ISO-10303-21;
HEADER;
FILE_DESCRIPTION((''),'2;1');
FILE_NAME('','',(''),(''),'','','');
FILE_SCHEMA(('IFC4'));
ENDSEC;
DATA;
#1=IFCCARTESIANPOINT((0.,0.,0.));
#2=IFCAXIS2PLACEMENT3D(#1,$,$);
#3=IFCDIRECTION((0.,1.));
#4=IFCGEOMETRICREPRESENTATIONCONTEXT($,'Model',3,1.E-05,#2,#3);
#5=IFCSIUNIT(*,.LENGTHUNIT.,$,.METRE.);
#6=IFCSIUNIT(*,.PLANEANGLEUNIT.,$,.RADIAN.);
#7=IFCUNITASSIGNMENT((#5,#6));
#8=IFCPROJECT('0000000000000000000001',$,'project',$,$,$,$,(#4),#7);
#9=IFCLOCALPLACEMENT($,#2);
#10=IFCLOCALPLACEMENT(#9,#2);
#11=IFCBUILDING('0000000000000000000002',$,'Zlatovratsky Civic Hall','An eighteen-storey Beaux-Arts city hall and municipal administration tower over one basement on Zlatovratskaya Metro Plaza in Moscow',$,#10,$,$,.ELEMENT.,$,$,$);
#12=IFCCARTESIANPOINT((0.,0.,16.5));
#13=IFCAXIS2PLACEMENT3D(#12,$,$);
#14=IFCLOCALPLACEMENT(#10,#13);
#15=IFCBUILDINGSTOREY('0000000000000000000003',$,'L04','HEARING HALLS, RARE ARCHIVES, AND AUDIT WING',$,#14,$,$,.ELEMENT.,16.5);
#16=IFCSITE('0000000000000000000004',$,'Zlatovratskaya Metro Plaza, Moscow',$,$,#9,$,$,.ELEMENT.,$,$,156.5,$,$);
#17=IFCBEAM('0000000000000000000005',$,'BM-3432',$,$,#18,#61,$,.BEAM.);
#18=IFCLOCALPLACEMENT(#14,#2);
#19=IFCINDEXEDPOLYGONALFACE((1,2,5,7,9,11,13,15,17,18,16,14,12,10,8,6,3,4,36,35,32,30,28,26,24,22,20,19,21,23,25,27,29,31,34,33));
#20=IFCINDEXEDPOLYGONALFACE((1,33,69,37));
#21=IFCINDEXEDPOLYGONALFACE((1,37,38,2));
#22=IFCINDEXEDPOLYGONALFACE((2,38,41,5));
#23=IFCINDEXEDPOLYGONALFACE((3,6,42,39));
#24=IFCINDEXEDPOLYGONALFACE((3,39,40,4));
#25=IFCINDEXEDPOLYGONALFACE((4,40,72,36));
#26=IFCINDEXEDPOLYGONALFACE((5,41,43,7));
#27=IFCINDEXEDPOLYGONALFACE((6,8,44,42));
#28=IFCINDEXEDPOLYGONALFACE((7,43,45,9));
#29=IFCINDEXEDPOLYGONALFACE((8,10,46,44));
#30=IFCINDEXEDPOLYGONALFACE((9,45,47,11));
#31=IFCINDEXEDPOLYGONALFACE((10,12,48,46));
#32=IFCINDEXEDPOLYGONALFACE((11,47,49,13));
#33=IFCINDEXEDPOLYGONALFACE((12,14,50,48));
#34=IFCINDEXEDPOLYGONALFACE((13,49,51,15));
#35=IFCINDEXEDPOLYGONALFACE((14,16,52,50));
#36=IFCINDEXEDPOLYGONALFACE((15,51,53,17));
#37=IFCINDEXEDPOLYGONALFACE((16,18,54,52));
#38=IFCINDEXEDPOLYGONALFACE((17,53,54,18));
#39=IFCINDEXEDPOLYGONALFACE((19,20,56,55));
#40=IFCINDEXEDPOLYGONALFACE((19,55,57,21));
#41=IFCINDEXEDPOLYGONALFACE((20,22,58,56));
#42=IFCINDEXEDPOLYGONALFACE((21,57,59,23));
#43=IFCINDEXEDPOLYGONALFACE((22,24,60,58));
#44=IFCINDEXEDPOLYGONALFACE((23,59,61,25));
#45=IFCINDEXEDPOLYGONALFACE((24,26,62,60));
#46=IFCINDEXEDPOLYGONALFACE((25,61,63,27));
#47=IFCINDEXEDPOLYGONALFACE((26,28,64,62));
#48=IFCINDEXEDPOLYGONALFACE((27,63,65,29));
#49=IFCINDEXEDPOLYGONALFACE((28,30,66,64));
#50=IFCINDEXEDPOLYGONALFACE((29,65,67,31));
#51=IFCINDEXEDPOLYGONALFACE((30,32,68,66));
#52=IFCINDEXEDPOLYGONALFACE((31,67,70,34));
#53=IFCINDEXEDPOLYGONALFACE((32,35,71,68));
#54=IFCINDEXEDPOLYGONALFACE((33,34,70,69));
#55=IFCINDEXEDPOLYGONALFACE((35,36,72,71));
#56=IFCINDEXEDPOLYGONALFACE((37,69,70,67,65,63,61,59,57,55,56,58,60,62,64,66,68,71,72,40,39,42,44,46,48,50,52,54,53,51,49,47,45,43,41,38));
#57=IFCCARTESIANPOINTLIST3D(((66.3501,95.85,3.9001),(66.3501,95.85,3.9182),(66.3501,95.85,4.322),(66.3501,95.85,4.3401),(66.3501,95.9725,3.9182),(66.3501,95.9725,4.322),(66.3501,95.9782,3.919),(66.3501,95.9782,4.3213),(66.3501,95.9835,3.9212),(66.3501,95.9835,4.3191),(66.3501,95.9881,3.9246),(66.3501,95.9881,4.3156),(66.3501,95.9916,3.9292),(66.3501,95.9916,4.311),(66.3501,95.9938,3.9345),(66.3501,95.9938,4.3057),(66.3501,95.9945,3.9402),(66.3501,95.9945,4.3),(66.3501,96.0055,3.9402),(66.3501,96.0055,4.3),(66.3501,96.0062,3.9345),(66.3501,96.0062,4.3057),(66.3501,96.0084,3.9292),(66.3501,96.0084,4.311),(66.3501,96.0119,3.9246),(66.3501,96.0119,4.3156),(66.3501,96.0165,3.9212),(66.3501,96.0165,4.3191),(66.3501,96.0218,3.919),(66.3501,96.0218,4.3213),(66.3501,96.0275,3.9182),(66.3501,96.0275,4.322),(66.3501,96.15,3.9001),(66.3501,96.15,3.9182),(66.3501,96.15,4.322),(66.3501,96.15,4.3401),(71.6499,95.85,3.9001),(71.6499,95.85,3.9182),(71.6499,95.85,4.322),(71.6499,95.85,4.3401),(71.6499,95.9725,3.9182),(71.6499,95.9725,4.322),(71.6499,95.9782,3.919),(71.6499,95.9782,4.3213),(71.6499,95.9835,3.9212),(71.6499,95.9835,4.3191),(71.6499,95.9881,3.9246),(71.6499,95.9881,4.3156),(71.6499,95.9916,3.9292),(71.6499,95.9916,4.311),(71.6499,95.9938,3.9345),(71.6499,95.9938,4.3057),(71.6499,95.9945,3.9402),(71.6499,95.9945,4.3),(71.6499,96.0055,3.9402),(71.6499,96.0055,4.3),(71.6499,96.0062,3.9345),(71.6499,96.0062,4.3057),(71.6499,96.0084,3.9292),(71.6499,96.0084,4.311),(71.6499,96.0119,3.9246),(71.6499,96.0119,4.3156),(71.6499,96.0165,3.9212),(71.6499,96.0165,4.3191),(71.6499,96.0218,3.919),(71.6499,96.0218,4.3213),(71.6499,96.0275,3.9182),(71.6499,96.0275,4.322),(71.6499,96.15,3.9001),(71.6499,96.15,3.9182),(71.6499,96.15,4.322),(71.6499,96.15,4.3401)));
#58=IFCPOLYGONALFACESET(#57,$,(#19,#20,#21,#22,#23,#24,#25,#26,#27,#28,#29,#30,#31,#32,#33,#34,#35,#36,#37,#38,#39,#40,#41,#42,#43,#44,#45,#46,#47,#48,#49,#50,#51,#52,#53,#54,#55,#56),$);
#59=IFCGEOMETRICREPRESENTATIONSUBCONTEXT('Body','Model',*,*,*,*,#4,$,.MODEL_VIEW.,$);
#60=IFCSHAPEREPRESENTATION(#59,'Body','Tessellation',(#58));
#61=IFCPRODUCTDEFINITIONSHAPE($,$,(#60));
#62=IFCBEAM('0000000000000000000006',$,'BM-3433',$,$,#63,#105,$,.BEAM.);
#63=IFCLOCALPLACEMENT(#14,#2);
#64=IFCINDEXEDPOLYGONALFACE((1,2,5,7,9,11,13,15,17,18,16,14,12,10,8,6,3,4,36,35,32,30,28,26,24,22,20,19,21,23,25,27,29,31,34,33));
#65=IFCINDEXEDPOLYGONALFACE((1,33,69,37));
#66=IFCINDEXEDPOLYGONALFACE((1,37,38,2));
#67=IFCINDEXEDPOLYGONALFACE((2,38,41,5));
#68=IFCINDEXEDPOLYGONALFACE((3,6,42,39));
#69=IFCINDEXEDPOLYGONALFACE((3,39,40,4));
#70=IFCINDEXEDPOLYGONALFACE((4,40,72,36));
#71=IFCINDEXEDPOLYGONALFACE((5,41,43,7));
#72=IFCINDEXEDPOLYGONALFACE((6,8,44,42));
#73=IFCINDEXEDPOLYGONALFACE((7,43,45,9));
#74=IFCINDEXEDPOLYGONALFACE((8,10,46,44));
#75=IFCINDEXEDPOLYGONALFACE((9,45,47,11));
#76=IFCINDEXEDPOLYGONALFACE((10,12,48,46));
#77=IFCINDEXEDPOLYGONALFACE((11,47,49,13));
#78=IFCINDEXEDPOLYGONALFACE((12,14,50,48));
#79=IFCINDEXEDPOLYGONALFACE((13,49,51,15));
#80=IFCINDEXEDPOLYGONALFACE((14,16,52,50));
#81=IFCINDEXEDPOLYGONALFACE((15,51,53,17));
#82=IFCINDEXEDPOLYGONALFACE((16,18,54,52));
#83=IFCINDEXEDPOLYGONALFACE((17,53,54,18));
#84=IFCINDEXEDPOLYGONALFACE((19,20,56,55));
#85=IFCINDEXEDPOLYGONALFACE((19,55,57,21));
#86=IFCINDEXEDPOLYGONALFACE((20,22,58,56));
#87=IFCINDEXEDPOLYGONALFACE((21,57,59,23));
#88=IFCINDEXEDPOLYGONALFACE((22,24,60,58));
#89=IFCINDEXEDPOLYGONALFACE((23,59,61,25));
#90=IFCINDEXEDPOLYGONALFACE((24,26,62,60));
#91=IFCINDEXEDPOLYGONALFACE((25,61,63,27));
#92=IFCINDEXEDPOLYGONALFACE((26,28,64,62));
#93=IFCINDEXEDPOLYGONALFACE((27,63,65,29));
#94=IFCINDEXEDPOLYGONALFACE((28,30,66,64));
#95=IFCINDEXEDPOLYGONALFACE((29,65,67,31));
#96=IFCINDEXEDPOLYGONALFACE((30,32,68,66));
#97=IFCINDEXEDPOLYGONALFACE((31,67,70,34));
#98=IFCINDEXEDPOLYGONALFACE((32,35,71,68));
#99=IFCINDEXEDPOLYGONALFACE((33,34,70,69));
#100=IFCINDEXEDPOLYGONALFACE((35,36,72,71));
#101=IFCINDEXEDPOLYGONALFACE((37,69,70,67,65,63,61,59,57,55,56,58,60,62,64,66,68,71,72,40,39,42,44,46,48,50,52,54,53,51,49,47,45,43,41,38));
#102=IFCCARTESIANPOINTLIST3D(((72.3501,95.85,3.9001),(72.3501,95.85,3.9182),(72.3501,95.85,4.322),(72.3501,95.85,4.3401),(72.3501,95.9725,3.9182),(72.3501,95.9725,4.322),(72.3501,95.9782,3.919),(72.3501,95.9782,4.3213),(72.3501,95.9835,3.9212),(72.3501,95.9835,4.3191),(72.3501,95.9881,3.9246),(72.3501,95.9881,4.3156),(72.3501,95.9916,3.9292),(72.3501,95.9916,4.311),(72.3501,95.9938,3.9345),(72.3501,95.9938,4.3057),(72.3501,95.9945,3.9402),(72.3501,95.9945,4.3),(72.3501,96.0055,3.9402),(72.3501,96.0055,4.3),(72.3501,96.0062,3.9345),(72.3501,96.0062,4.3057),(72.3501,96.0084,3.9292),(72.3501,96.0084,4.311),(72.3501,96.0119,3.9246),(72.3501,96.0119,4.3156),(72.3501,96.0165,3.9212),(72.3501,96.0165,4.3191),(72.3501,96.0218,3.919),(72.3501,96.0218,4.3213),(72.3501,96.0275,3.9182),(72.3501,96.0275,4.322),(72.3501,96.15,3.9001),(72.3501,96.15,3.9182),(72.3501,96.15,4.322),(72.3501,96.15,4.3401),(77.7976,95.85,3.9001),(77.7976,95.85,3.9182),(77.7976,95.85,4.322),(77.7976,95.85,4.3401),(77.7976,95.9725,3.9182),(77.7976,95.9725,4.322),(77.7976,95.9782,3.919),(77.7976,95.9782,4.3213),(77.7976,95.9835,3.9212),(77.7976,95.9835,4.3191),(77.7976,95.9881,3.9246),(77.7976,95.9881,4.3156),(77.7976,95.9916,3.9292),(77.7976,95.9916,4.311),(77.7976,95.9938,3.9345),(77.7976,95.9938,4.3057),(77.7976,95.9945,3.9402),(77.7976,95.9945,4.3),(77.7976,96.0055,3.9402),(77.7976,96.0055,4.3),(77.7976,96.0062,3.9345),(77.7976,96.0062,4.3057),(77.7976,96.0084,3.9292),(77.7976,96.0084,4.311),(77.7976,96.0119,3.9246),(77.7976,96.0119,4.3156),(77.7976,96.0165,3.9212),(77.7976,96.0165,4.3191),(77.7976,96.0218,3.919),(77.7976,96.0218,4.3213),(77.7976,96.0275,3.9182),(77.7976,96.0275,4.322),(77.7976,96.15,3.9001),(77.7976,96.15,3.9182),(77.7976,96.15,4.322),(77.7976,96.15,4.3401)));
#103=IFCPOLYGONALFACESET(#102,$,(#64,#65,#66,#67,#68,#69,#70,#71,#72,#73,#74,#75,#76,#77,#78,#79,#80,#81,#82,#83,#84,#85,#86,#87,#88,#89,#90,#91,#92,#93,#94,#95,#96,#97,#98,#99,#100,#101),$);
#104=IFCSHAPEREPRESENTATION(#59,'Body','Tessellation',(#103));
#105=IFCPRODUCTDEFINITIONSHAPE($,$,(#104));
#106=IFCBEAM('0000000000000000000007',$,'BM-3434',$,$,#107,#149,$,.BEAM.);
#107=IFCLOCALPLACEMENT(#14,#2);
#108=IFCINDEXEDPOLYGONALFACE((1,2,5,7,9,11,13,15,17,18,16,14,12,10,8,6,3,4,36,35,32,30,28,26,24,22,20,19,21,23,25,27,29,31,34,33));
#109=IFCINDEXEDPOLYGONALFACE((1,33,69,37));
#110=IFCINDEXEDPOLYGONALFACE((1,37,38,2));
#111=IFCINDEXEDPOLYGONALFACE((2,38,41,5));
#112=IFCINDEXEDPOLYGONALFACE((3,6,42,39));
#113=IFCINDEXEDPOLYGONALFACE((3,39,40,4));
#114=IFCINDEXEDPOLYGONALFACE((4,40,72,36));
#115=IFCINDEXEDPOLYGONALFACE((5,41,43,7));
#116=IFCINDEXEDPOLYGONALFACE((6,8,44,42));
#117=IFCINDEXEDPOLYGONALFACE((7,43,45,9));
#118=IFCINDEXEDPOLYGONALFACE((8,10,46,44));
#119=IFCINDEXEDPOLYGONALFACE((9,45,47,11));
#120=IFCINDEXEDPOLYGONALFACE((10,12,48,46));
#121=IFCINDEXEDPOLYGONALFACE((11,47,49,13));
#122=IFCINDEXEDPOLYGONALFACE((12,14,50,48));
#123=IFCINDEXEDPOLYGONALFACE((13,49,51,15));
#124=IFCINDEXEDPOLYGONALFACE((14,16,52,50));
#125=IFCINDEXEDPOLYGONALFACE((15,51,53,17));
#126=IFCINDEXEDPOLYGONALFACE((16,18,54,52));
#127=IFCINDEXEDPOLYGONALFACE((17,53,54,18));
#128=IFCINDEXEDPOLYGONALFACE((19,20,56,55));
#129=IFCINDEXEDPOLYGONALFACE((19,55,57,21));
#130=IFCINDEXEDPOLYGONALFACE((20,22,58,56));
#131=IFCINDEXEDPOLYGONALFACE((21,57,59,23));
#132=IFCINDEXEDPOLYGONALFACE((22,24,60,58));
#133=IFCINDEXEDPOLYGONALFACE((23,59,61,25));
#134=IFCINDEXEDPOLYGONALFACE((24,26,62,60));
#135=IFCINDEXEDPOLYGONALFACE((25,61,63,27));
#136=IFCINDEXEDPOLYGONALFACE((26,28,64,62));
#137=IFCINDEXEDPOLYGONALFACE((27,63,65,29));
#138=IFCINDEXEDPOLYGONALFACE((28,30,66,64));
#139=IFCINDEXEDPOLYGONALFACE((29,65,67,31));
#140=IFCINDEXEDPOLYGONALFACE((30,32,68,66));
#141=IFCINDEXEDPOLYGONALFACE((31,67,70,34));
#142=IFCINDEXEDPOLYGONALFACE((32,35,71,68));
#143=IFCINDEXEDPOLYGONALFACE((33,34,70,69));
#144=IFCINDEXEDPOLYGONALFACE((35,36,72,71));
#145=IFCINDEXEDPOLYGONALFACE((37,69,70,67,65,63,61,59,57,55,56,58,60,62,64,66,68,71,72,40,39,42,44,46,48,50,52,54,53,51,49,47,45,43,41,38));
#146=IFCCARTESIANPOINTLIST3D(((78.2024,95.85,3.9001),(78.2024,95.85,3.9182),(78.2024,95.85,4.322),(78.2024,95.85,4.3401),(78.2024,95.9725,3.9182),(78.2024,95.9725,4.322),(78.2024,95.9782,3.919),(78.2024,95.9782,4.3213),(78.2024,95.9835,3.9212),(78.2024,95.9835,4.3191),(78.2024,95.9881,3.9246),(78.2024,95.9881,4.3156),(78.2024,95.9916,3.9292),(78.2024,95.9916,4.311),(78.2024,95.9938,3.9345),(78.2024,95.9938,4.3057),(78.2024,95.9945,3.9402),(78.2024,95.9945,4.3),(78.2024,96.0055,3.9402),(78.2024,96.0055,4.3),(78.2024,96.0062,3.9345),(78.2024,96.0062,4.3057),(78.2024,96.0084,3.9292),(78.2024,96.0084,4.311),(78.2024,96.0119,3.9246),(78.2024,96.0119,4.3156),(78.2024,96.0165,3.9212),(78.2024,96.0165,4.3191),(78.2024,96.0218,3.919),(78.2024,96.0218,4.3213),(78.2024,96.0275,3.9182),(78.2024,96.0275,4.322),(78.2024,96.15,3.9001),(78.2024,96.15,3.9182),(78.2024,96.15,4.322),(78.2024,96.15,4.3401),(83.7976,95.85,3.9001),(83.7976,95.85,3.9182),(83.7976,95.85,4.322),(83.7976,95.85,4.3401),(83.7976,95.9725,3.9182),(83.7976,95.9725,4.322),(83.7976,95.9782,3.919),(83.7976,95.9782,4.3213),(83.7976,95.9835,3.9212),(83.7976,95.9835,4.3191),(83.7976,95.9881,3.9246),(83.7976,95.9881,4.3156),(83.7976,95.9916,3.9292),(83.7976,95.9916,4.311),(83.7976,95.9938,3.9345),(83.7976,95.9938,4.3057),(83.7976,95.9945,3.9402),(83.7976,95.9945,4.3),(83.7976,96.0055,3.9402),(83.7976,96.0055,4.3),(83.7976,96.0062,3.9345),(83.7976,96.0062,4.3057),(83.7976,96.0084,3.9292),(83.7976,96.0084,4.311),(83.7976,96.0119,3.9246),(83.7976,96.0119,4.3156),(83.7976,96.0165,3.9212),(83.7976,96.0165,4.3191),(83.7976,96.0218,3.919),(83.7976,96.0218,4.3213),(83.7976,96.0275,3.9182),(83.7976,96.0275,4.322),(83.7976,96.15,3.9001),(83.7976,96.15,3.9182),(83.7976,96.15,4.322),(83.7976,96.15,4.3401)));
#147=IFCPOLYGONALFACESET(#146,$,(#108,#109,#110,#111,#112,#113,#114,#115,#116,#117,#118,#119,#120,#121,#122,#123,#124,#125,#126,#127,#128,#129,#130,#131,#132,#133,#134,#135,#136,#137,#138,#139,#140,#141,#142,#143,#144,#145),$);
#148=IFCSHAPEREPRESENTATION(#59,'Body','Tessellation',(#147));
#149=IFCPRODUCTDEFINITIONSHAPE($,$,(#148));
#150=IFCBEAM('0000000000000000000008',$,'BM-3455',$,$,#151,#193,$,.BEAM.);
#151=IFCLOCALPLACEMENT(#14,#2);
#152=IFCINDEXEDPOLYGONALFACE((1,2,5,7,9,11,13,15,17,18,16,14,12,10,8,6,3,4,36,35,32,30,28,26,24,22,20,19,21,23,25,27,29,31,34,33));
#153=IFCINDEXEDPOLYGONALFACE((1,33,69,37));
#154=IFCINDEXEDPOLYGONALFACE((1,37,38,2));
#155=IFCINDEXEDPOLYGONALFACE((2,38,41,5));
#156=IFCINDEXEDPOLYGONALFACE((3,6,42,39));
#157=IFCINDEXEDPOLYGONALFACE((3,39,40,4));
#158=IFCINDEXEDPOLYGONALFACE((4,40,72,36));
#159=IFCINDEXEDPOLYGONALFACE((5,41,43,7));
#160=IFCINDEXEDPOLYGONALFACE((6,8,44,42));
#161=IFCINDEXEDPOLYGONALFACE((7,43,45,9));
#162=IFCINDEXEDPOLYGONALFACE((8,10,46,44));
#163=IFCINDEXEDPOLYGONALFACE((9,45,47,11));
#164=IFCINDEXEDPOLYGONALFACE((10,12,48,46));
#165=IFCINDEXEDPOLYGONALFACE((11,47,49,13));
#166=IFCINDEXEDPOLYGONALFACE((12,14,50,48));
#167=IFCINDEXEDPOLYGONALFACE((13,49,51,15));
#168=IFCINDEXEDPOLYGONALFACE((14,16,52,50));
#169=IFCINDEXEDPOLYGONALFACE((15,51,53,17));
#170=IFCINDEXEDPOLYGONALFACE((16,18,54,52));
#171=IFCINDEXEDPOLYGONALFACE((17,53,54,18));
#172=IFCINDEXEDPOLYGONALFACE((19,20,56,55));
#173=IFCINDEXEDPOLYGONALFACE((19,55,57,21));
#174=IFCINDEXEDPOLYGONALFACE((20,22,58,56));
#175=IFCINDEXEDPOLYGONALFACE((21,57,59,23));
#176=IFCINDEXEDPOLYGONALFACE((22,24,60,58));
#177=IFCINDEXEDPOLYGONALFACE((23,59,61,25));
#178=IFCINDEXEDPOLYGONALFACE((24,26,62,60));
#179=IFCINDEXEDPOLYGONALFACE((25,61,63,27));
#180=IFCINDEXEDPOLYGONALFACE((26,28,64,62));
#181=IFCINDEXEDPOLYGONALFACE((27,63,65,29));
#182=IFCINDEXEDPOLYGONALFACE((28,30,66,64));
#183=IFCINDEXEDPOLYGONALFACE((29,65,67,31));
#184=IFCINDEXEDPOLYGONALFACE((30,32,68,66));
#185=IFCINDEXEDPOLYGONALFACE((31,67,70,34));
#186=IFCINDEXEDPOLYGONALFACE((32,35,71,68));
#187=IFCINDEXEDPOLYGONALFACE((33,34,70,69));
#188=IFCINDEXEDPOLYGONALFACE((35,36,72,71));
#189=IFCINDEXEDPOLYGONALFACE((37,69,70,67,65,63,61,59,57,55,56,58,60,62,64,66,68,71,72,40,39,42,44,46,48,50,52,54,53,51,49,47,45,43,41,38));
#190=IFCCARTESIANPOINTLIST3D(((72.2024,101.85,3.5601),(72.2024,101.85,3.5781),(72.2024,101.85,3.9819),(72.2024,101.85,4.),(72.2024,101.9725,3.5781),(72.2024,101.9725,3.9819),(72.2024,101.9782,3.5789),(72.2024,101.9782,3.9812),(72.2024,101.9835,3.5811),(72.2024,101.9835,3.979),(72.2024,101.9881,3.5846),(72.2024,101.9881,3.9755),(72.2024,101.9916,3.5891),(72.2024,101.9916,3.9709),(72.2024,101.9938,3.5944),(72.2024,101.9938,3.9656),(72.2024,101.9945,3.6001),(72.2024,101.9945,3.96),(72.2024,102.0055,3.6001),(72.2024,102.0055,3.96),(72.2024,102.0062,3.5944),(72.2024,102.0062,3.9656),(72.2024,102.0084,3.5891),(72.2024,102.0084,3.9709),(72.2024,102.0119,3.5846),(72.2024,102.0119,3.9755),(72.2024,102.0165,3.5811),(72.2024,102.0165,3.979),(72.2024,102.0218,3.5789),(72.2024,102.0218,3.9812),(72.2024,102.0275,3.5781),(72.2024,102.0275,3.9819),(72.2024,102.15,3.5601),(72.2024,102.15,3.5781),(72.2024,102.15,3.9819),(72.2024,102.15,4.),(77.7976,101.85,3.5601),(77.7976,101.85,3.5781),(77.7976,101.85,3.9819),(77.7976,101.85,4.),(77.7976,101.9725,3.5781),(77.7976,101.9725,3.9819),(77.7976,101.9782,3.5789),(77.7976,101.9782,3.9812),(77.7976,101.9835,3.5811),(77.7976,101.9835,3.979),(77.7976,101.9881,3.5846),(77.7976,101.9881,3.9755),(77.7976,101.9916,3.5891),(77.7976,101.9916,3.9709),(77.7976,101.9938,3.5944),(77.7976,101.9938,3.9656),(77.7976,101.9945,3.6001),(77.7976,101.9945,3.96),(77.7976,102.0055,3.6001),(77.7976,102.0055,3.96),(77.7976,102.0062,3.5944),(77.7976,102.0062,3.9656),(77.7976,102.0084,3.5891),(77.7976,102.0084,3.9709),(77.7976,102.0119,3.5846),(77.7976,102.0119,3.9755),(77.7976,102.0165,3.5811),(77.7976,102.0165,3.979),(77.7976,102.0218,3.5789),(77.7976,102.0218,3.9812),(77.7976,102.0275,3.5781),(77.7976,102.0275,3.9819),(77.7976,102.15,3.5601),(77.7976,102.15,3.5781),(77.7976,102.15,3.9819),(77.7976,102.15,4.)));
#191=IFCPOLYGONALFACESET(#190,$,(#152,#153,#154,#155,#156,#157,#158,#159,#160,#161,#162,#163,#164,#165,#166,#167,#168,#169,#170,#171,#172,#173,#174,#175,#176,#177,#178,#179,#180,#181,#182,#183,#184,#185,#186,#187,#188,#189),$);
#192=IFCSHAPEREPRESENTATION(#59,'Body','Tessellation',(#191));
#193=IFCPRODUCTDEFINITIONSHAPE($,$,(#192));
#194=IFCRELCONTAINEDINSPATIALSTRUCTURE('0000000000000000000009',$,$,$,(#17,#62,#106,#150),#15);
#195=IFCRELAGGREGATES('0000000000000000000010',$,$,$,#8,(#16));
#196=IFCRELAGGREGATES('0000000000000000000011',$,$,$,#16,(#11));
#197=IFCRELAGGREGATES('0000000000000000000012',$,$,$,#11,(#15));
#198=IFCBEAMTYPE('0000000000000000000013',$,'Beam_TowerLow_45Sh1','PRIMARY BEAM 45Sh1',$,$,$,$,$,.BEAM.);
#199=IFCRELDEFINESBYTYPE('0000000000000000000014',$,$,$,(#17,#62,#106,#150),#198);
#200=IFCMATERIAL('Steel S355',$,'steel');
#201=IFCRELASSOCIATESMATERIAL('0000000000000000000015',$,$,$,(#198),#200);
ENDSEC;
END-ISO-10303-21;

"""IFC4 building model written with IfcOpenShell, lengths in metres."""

from ifc_helpers import new_model, si_unit, direction, frame, origin, origin_2d, place, context, subcontext, project, spatial, i_section, extrude, material, material_profile, profile_set, type_object, element, save


model = new_model("IFC4")

# Units and contexts
model_context = context("Model", 3, precision=1e-05, world=origin(), true_north=direction((0.0, 1.0)))
body_context = subcontext(model_context, "Body", "Model", "MODEL_VIEW")
ifc_project = project(units=[si_unit("LENGTHUNIT", "METRE"), si_unit("PLANEANGLEUNIT", "RADIAN")], contexts=[model_context])

# Site, building, storey
site_placement = place(None, origin())
site = spatial("IfcSite", under=ifc_project, at=site_placement, Name="Zlatovratskaya Metro Plaza, Moscow", CompositionType="ELEMENT", RefElevation=156.5)
building_placement = place(site_placement, origin())
building = spatial("IfcBuilding", under=site, at=building_placement, Name="Zlatovratsky Civic Hall", Description="An eighteen-storey Beaux-Arts city hall and municipal administration tower over one basement on Zlatovratskaya Metro Plaza in Moscow", CompositionType="ELEMENT")
storey_placement = place(building_placement, frame((0.0, 0.0, 16.5)))
storey = spatial("IfcBuildingStorey", under=building, at=storey_placement, Name="L04", Description="HEARING HALLS, RARE ARCHIVES, AND AUDIT WING", CompositionType="ELEMENT", Elevation=16.5)

# Shared definitions
ifc_material_1 = material(Name="Steel S355", Category="steel")

# Beams
ifc_material_profile_1 = material_profile(ifc_material_1, i_section(OverallWidth=0.3, OverallDepth=0.4399, WebThickness=0.011, FlangeThickness=0.0181, FilletRadius=0.022, at=origin_2d()), Name="45Sh1")
ifc_profile_set_1 = profile_set([ifc_material_profile_1], Name="Steel S355")
beam_type = type_object("IfcBeamType", Name="Beam_TowerLow_45Sh1", Description="PRIMARY BEAM 45Sh1", PredefinedType="BEAM", material=ifc_profile_set_1)
beam_1_placement = place(storey_placement, frame((66.3501, 96.0, 4.1201), z_axis=(1.0, 0.0, 0.0), x_axis=(0.0, 1.0, 0.0)))
element("IfcBeam", 1, at=beam_1_placement, inside=storey, type_object=beam_type, Name="BM-3432", PredefinedType="BEAM", context=body_context, shape_type="SweptSolid", body=[
    extrude(i_section(OverallWidth=0.3, OverallDepth=0.4399, WebThickness=0.011, FlangeThickness=0.0181, FilletRadius=0.022, at=origin_2d()), origin(), (0.0, 0.0, 1.0), 5.2998),
])
beam_2_placement = place(storey_placement, frame((72.3501, 96.0, 4.1201), z_axis=(1.0, 0.0, 0.0), x_axis=(0.0, 1.0, 0.0)))
element("IfcBeam", 2, at=beam_2_placement, inside=storey, type_object=beam_type, Name="BM-3433", PredefinedType="BEAM", context=body_context, shape_type="SweptSolid", body=[
    extrude(i_section(OverallWidth=0.3, OverallDepth=0.4399, WebThickness=0.011, FlangeThickness=0.0181, FilletRadius=0.022, at=origin_2d()), origin(), (0.0, 0.0, 1.0), 5.4475),
])
for number, where, z_axis, x_axis, name in (
    (3, (78.2024, 96.0, 4.1201), (1.0, 0.0, 0.0), (0.0, 1.0, 0.0), "BM-3434"),
    (4, (72.2024, 102.0, 3.78), (1.0, 0.0, 0.0), (0.0, 1.0, 0.0), "BM-3455"),
):
    element("IfcBeam", number, at=place(storey_placement, frame(where, z_axis=z_axis, x_axis=x_axis)), inside=storey, type_object=beam_type, Name=name, PredefinedType="BEAM", context=body_context, shape_type="SweptSolid", body=[
        extrude(i_section(OverallWidth=0.3, OverallDepth=0.4399, WebThickness=0.011, FlangeThickness=0.0181, FilletRadius=0.022, at=origin_2d()), origin(), (0.0, 0.0, 1.0), 5.5952),
    ])

save(model, "model.ifc")
